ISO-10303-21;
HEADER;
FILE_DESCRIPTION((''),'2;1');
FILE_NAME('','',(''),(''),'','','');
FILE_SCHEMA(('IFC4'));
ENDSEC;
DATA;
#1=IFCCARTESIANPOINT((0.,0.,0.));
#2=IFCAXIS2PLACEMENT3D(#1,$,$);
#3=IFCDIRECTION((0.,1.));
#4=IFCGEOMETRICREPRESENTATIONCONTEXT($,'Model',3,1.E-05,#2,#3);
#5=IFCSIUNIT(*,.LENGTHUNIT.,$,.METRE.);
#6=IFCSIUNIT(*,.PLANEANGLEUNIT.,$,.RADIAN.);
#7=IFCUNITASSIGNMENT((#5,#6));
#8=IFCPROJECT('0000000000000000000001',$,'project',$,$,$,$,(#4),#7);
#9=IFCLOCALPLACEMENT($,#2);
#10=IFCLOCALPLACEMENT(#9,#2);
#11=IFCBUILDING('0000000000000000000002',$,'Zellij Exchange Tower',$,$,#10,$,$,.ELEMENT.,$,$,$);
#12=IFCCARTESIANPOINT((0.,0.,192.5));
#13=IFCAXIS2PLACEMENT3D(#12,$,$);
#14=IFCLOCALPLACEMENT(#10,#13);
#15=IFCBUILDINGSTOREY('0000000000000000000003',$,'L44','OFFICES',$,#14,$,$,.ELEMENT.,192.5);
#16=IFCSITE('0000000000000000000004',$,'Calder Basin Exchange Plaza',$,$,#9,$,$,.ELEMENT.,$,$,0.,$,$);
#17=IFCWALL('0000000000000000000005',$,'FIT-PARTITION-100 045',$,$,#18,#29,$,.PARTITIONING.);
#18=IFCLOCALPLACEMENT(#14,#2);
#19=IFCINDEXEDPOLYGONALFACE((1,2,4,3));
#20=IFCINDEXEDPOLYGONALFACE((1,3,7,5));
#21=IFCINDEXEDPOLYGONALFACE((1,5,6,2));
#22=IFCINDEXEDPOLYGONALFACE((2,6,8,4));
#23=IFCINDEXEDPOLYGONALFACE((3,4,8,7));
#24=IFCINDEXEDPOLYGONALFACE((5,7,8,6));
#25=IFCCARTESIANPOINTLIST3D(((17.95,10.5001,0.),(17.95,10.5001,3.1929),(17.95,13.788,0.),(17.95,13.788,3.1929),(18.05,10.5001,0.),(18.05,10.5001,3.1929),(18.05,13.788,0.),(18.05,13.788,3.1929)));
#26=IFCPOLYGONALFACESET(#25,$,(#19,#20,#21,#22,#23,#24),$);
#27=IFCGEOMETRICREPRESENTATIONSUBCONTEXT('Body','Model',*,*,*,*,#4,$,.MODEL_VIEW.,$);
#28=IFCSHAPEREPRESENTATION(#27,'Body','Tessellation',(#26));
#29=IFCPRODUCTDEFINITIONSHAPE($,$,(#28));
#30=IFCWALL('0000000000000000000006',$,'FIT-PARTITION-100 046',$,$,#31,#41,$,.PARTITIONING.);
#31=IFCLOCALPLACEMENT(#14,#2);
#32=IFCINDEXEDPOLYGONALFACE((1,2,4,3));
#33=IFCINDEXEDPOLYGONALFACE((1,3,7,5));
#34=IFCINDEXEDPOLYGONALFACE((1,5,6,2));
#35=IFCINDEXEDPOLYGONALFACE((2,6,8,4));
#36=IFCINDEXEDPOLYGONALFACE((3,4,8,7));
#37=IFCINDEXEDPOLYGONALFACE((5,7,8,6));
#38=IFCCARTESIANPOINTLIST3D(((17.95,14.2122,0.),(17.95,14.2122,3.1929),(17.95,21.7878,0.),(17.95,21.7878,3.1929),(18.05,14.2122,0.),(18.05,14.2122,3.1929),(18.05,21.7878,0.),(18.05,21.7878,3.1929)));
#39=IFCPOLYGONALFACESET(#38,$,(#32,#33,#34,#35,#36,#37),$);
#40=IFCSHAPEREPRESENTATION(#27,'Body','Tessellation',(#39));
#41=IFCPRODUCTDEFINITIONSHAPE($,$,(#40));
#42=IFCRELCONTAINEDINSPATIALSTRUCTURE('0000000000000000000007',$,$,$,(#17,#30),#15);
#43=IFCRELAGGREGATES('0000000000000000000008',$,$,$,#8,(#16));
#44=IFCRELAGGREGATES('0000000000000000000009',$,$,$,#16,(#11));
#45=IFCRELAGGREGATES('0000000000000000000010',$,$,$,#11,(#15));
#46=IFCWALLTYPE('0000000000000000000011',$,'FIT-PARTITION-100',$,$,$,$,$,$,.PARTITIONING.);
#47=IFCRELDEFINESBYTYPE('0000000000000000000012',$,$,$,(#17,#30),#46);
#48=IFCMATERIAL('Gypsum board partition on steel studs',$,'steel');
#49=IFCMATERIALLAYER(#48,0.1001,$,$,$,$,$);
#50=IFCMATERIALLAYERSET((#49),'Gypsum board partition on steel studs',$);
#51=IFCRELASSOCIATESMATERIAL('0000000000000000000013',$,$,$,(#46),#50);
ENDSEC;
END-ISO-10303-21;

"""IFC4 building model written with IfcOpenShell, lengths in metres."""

from ifc_helpers import new_model, si_unit, direction, frame, frame_2d, origin, place, context, subcontext, project, spatial, rectangle, extrude, material, layer, layer_set, type_object, element, save


model = new_model("IFC4")

# Units and contexts
model_context = context("Model", 3, precision=1e-05, world=origin(), true_north=direction((0.0, 1.0)))
body_context = subcontext(model_context, "Body", "Model", "MODEL_VIEW")
ifc_project = project(units=[si_unit("LENGTHUNIT", "METRE"), si_unit("PLANEANGLEUNIT", "RADIAN")], contexts=[model_context])

# Site, building, storey
site_placement = place(None, origin())
site = spatial("IfcSite", under=ifc_project, at=site_placement, Name="Calder Basin Exchange Plaza", CompositionType="ELEMENT", RefElevation=0.0)
building_placement = place(site_placement, origin())
building = spatial("IfcBuilding", under=site, at=building_placement, Name="Zellij Exchange Tower", CompositionType="ELEMENT")
storey_placement = place(building_placement, frame((0.0, 0.0, 192.5)))
storey = spatial("IfcBuildingStorey", under=building, at=storey_placement, Name="L44", Description="OFFICES", CompositionType="ELEMENT", Elevation=192.5)

# Walls
ifc_material_1 = material(Name="Gypsum board partition on steel studs", Category="steel")
ifc_layer = layer(ifc_material_1, 0.1001)
ifc_layer_set = layer_set([ifc_layer], Name="Gypsum board partition on steel studs")
wall_type = type_object("IfcWallType", Name="FIT-PARTITION-100", PredefinedType="PARTITIONING", material=ifc_layer_set)
wall_1_placement = place(storey_placement, frame((18.0, 10.5, 0.0), z_axis=(0.0, 0.0, 1.0), x_axis=(0.0, 1.0, 0.0)))
element("IfcWall", 1, at=wall_1_placement, inside=storey, type_object=wall_type, Name="FIT-PARTITION-100 045", PredefinedType="PARTITIONING", context=body_context, shape_type="SweptSolid", body=[
    extrude(rectangle(XDim=3.2878, YDim=0.1001, at=frame_2d((1.644, 0.0))), origin(), (0.0, 0.0, 1.0), 3.1929),
])
wall_2_placement = place(storey_placement, frame((18.0, 14.2122, 0.0), z_axis=(0.0, 0.0, 1.0), x_axis=(0.0, 1.0, 0.0)))
element("IfcWall", 2, at=wall_2_placement, inside=storey, type_object=wall_type, Name="FIT-PARTITION-100 046", PredefinedType="PARTITIONING", context=body_context, shape_type="SweptSolid", body=[
    extrude(rectangle(XDim=7.5757, YDim=0.1001, at=frame_2d((3.7878, 0.0))), origin(), (0.0, 0.0, 1.0), 3.1929),
])

save(model, "model.ifc")
